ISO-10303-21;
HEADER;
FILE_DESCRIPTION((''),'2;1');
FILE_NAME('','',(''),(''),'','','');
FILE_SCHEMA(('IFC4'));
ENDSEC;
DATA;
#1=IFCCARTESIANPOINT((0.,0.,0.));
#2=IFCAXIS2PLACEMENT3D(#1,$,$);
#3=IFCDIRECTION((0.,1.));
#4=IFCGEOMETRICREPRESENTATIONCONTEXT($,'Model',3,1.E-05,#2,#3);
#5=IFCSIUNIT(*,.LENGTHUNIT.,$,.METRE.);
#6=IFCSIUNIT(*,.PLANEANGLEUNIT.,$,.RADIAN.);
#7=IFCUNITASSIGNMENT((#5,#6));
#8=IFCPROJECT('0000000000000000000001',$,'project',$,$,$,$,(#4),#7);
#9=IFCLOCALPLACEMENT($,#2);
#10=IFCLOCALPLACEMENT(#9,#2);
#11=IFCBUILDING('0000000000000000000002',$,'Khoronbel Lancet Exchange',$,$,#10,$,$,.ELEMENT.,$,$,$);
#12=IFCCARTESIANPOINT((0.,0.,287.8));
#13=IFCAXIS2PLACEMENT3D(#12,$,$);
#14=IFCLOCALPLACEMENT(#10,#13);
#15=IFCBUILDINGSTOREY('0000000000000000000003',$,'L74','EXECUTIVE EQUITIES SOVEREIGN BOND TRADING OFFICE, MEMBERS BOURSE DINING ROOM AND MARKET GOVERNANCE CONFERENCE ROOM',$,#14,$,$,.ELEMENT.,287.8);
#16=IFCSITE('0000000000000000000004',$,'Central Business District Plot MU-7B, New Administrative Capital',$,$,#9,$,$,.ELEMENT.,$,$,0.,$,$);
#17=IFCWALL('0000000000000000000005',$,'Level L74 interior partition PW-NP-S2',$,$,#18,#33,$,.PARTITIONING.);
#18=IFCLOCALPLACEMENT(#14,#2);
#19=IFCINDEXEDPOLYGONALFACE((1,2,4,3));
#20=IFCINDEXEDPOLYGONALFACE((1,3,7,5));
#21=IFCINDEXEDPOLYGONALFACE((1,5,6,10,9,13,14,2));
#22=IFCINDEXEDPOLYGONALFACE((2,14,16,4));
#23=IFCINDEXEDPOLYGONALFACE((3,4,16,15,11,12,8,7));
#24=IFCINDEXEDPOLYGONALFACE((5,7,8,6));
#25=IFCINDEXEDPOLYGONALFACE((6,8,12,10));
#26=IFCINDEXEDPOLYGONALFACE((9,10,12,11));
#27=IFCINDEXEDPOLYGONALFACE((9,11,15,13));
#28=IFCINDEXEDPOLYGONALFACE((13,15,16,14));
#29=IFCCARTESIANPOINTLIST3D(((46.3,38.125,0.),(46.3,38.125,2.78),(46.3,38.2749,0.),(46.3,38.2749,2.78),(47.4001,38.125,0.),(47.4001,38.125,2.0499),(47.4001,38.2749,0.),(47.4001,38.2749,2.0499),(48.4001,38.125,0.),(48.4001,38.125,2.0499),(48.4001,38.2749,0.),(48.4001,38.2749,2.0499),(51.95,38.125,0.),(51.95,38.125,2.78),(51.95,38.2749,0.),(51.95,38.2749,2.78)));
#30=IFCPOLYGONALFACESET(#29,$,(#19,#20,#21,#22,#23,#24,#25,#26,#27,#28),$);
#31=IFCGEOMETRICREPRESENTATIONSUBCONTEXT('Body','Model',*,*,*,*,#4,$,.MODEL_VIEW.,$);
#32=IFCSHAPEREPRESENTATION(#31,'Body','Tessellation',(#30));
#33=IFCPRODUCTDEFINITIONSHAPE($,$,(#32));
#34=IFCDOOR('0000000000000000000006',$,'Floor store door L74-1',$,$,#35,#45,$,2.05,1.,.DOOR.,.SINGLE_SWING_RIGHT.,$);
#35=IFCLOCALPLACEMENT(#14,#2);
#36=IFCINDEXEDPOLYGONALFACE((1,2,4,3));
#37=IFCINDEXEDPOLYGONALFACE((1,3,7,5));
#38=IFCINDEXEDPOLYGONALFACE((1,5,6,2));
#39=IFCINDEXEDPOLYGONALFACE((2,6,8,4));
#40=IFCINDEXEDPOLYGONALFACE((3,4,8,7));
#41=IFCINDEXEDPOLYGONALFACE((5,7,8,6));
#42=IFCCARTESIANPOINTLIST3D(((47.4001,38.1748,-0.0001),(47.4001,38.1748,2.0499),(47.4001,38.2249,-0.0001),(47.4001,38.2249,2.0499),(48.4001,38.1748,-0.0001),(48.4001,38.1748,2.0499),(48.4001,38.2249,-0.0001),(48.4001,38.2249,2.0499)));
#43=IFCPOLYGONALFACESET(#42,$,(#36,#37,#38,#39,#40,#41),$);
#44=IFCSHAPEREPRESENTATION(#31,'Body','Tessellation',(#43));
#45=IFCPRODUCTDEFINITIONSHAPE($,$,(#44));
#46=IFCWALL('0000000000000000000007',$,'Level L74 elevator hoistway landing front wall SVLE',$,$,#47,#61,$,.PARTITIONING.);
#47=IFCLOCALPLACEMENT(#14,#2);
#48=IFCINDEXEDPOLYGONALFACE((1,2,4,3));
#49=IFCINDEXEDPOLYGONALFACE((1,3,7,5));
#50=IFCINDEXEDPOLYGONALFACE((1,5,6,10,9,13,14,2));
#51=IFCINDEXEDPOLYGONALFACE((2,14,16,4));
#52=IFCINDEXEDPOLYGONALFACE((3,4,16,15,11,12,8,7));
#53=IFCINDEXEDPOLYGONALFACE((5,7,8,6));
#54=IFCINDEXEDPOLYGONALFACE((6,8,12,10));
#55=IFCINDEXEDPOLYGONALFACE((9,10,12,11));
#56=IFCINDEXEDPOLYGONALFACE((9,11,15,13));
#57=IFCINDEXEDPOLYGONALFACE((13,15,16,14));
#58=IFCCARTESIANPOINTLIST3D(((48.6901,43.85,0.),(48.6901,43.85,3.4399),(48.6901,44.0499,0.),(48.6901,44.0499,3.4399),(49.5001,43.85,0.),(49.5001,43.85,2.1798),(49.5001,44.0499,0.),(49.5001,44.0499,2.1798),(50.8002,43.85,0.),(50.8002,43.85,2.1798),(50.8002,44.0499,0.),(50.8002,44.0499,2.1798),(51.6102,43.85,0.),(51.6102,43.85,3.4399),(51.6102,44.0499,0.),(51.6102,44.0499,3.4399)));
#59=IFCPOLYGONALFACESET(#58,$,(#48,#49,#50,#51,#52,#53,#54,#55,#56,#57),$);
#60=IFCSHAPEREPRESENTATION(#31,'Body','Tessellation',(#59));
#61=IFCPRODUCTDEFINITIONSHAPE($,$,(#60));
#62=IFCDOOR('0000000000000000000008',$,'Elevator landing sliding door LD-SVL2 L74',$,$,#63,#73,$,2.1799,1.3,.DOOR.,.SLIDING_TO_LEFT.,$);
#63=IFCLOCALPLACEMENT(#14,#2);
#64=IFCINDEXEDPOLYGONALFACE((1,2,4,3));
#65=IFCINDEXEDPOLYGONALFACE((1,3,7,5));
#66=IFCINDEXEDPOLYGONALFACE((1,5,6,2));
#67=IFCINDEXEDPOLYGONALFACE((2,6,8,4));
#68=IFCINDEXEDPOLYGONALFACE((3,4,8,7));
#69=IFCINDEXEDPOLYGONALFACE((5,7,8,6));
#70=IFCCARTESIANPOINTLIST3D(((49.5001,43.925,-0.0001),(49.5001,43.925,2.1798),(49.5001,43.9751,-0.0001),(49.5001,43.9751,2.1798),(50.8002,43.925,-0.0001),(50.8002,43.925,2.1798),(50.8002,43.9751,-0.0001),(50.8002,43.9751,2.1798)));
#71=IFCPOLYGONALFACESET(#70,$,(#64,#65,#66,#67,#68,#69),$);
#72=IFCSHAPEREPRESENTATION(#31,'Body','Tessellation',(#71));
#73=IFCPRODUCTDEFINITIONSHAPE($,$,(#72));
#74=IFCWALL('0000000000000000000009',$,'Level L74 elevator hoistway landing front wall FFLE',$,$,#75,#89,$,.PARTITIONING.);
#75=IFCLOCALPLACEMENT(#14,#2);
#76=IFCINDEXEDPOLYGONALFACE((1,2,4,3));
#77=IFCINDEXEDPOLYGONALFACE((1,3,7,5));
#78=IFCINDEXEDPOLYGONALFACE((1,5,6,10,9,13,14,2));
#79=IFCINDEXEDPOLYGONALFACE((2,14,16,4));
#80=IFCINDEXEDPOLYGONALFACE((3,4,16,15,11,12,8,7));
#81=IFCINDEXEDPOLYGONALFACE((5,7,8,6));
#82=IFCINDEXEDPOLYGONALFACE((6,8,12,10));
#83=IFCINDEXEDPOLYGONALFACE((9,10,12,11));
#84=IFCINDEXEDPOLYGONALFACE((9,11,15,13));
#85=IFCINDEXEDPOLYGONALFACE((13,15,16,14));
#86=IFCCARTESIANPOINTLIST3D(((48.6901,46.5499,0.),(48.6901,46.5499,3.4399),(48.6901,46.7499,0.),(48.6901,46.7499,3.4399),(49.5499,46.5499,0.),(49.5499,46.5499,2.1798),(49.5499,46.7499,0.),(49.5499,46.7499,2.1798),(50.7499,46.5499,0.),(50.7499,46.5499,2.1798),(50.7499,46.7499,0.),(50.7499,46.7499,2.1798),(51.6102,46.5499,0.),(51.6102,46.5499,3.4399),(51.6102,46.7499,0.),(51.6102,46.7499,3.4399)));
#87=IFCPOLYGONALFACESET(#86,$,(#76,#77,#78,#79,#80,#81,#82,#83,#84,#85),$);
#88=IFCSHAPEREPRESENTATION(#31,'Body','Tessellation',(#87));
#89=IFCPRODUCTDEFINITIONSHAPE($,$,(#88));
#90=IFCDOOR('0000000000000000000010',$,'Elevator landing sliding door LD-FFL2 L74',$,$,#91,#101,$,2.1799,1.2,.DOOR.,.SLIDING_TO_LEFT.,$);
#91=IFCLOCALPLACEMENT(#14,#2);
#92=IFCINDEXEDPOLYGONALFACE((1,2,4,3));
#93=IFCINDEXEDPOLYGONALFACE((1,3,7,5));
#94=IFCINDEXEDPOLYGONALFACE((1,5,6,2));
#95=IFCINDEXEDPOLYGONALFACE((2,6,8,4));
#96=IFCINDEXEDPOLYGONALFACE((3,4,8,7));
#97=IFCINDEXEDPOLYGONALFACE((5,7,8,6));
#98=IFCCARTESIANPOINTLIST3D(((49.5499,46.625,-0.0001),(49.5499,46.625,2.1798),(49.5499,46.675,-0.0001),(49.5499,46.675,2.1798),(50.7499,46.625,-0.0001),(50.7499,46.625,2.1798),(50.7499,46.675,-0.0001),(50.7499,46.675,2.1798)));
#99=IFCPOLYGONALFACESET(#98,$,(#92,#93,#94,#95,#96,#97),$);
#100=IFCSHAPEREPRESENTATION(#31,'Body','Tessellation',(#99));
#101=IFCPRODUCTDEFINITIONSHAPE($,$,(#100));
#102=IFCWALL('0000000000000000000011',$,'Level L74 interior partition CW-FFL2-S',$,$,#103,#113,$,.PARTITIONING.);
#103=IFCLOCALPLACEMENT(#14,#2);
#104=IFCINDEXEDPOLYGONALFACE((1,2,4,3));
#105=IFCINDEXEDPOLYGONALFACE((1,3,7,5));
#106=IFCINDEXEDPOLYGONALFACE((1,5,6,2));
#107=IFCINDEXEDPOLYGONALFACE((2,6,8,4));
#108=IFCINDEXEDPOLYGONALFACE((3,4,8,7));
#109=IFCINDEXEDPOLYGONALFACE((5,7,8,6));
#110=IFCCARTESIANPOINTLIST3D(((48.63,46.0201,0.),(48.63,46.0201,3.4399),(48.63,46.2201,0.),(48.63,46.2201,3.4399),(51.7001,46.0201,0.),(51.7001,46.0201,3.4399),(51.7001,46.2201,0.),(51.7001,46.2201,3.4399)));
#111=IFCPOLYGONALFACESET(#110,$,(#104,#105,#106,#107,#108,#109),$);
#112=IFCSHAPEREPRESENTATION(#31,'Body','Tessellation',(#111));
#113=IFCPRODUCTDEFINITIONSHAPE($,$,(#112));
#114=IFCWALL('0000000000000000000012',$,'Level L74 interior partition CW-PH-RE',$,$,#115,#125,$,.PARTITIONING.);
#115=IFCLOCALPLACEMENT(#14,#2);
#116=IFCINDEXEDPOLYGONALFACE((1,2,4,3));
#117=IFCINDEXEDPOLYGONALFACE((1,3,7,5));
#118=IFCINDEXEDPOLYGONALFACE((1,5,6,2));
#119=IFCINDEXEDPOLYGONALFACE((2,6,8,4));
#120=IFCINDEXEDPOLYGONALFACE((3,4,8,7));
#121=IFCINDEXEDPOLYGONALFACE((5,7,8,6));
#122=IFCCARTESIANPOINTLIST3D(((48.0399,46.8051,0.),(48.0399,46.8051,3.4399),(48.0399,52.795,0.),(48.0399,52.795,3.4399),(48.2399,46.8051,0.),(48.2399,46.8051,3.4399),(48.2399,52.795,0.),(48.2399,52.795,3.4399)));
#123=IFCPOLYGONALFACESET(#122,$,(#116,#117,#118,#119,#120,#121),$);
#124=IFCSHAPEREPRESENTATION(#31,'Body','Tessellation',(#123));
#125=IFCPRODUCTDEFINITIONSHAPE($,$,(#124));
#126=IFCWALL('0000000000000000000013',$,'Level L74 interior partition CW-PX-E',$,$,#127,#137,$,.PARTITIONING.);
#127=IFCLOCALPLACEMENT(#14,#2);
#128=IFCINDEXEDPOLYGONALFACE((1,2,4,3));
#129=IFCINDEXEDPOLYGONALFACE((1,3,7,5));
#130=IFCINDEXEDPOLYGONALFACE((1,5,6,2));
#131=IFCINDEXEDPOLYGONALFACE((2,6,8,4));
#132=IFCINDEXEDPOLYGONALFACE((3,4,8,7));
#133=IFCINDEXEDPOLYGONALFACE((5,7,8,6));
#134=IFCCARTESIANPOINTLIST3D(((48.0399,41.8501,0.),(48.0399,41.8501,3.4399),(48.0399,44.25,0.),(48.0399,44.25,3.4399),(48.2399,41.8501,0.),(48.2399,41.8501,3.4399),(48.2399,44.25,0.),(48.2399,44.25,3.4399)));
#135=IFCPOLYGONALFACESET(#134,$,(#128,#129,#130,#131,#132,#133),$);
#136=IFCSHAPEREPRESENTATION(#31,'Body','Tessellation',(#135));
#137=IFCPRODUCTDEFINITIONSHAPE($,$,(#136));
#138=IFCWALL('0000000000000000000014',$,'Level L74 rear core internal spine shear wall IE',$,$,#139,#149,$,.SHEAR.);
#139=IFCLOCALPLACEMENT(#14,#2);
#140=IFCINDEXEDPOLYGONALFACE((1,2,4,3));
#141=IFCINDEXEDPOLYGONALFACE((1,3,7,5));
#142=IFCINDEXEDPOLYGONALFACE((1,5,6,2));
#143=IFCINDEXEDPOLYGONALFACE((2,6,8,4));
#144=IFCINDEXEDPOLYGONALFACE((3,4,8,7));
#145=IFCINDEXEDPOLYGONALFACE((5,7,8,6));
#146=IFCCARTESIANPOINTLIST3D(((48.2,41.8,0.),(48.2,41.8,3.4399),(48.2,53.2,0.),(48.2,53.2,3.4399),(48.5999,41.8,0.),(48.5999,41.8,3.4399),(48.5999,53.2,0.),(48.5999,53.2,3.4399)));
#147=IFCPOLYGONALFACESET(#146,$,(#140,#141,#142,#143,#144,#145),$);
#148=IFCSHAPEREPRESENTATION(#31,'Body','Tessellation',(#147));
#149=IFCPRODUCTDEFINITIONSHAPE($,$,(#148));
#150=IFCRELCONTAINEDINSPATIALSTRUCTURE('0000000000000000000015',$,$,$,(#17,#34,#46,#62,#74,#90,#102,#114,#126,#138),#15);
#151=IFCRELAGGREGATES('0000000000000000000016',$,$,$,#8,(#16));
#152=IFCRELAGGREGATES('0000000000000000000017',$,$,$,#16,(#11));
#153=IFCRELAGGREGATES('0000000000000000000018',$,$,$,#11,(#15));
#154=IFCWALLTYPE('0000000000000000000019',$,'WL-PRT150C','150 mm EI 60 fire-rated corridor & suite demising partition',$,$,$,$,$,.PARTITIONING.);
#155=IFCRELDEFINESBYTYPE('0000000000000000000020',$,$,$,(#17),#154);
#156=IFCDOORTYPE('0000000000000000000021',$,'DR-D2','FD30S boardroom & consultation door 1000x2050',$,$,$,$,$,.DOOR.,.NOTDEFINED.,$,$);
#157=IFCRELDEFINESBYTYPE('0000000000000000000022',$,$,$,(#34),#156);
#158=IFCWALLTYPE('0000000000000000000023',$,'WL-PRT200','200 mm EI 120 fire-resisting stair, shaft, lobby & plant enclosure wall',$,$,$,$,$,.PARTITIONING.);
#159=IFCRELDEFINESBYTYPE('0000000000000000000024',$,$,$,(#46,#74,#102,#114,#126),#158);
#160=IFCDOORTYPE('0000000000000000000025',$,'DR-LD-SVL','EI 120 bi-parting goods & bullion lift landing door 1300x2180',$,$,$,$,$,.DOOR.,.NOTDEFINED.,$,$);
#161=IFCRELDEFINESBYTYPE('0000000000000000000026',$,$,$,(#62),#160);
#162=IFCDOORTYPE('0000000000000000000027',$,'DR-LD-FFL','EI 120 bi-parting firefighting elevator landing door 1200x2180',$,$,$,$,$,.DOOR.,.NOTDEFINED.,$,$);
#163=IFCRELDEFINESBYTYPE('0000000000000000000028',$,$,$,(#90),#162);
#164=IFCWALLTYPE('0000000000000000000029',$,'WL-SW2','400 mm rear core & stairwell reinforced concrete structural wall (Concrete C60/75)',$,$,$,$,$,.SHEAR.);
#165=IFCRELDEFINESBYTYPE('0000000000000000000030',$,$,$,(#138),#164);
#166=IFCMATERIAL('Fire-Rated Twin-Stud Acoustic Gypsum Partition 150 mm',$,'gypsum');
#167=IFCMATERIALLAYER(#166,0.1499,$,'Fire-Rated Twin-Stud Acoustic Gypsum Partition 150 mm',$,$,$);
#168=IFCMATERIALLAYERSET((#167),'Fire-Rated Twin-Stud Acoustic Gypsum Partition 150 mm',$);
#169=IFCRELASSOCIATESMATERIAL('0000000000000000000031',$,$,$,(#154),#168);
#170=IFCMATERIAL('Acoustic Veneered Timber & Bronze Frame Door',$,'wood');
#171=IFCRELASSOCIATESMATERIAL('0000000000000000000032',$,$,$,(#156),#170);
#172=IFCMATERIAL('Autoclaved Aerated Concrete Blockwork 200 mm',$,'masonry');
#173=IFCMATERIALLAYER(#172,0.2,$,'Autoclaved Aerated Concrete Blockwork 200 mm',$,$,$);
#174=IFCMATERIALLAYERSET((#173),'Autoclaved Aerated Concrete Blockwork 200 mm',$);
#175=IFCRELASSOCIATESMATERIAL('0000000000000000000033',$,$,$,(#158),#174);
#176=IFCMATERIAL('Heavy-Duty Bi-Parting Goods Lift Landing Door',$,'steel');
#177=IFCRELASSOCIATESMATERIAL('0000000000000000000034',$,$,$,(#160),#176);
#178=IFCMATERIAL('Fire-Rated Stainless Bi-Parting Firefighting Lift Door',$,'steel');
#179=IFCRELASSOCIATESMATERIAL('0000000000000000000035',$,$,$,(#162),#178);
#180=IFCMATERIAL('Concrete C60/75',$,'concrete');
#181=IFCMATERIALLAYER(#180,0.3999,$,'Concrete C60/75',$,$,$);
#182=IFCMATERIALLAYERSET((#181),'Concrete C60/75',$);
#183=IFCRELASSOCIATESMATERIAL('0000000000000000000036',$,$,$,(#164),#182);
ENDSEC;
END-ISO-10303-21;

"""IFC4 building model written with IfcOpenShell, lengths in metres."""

from ifc_helpers import new_model, si_unit, direction, frame, frame_2d, origin, place, context, subcontext, project, spatial, rectangle, extrude, material, layer, layer_set, type_object, element, fill, save


model = new_model("IFC4")

# Units and contexts
model_context = context("Model", 3, precision=1e-05, world=origin(), true_north=direction((0.0, 1.0)))
body_context = subcontext(model_context, "Body", "Model", "MODEL_VIEW")
ifc_project = project(units=[si_unit("LENGTHUNIT", "METRE"), si_unit("PLANEANGLEUNIT", "RADIAN")], contexts=[model_context])

# Site, building, storey
site_placement = place(None, origin())
site = spatial("IfcSite", under=ifc_project, at=site_placement, Name="Central Business District Plot MU-7B, New Administrative Capital", CompositionType="ELEMENT", RefElevation=0.0)
building_placement = place(site_placement, origin())
building = spatial("IfcBuilding", under=site, at=building_placement, Name="Khoronbel Lancet Exchange", CompositionType="ELEMENT")
storey_placement = place(building_placement, frame((0.0, 0.0, 287.8)))
storey = spatial("IfcBuildingStorey", under=building, at=storey_placement, Name="L74", Description="EXECUTIVE EQUITIES SOVEREIGN BOND TRADING OFFICE, MEMBERS BOURSE DINING ROOM AND MARKET GOVERNANCE CONFERENCE ROOM", CompositionType="ELEMENT", Elevation=287.8)

# Walls, openings, doors
ifc_material_1 = material(Name="Fire-Rated Twin-Stud Acoustic Gypsum Partition 150 mm", Category="gypsum")
ifc_layer_1 = layer(ifc_material_1, 0.1499, Name="Fire-Rated Twin-Stud Acoustic Gypsum Partition 150 mm")
ifc_layer_set_1 = layer_set([ifc_layer_1], Name="Fire-Rated Twin-Stud Acoustic Gypsum Partition 150 mm")
wall_type_1 = type_object("IfcWallType", Name="WL-PRT150C", Description="150 mm EI 60 fire-rated corridor & suite demising partition", PredefinedType="PARTITIONING", material=ifc_layer_set_1)
wall_1_placement = place(storey_placement, frame((46.3, 38.2, 0.0), z_axis=(0.0, 0.0, 1.0), x_axis=(1.0, 0.0, 0.0)))
wall_1 = element("IfcWall", 1, at=wall_1_placement, inside=storey, type_object=wall_type_1, Name="Level L74 interior partition PW-NP-S2", PredefinedType="PARTITIONING", context=body_context, shape_type="SweptSolid", body=[
    extrude(rectangle(XDim=5.6499, YDim=0.1499, at=frame_2d((2.825, 0.0))), origin(), (0.0, 0.0, 1.0), 2.78),
])
opening_1_placement = place(wall_1_placement, frame((1.1001, 0.0, 0.0)))
opening_1 = element("IfcOpeningElement", 2, at=opening_1_placement, cuts=wall_1, PredefinedType="OPENING", context=body_context, shape_type="SweptSolid", body=[
    extrude(rectangle(XDim=1.0, YDim=2.05, at=frame_2d((0.5, 1.0249))), frame((0.0, 0.085, 0.0), z_axis=(0.0, -1.0, 0.0), x_axis=(1.0, 0.0, 0.0)), (0.0, 0.0, 1.0), 0.1699),
])
ifc_material_2 = material(Name="Acoustic Veneered Timber & Bronze Frame Door", Category="wood")
door_type_1 = type_object("IfcDoorType", Name="DR-D2", Description="FD30S boardroom & consultation door 1000x2050", OperationType="NOTDEFINED", PredefinedType="DOOR", material=ifc_material_2)
door_1_placement = place(opening_1_placement, origin())
door_1 = element("IfcDoor", 3, at=door_1_placement, inside=storey, type_object=door_type_1, Name="Floor store door L74-1", OperationType="SINGLE_SWING_RIGHT", OverallHeight=2.05, OverallWidth=1.0, PredefinedType="DOOR", context=body_context, shape_type="SweptSolid", body=[
    extrude(rectangle(XDim=1.0, YDim=2.05, at=frame_2d((0.5, 1.0249))), frame((0.0, 0.0249, 0.0), z_axis=(0.0, -1.0, 0.0), x_axis=(1.0, 0.0, 0.0)), (0.0, 0.0, 1.0), 0.05),
])
fill(opening_1, door_1)
ifc_material_3 = material(Name="Autoclaved Aerated Concrete Blockwork 200 mm", Category="masonry")
ifc_layer_2 = layer(ifc_material_3, 0.2, Name="Autoclaved Aerated Concrete Blockwork 200 mm")
ifc_layer_set_2 = layer_set([ifc_layer_2], Name="Autoclaved Aerated Concrete Blockwork 200 mm")
wall_type_2 = type_object("IfcWallType", Name="WL-PRT200", Description="200 mm EI 120 fire-resisting stair, shaft, lobby & plant enclosure wall", PredefinedType="PARTITIONING", material=ifc_layer_set_2)
wall_2_placement = place(storey_placement, frame((51.6101, 43.95, 0.0), z_axis=(0.0, 0.0, 1.0), x_axis=(-1.0, 0.0, 0.0)))
wall_2 = element("IfcWall", 4, at=wall_2_placement, inside=storey, type_object=wall_type_2, Name="Level L74 elevator hoistway landing front wall SVLE", PredefinedType="PARTITIONING", context=body_context, shape_type="SweptSolid", body=[
    extrude(rectangle(XDim=2.9202, YDim=0.2, at=frame_2d((1.46, 0.0))), origin(), (0.0, 0.0, 1.0), 3.4399),
])
opening_2_placement = place(wall_2_placement, frame((0.8101, 0.0, 0.0)))
opening_2 = element("IfcOpeningElement", 5, at=opening_2_placement, cuts=wall_2, PredefinedType="OPENING", context=body_context, shape_type="SweptSolid", body=[
    extrude(rectangle(XDim=1.3, YDim=2.1799, at=frame_2d((0.6499, 1.0898))), frame((0.0, 0.1099, 0.0), z_axis=(0.0, -1.0, 0.0), x_axis=(1.0, 0.0, 0.0)), (0.0, 0.0, 1.0), 0.22),
])
ifc_material_4 = material(Name="Heavy-Duty Bi-Parting Goods Lift Landing Door", Category="steel")
door_type_2 = type_object("IfcDoorType", Name="DR-LD-SVL", Description="EI 120 bi-parting goods & bullion lift landing door 1300x2180", OperationType="NOTDEFINED", PredefinedType="DOOR", material=ifc_material_4)
door_2_placement = place(opening_2_placement, origin())
door_2 = element("IfcDoor", 6, at=door_2_placement, inside=storey, type_object=door_type_2, Name="Elevator landing sliding door LD-SVL2 L74", OperationType="SLIDING_TO_LEFT", OverallHeight=2.1799, OverallWidth=1.3, PredefinedType="DOOR", context=body_context, shape_type="SweptSolid", body=[
    extrude(rectangle(XDim=1.3, YDim=2.1799, at=frame_2d((0.6499, 1.0898))), frame((0.0, 0.0249, 0.0), z_axis=(0.0, -1.0, 0.0), x_axis=(1.0, 0.0, 0.0)), (0.0, 0.0, 1.0), 0.05),
])
fill(opening_2, door_2)
wall_3_placement = place(storey_placement, frame((51.6101, 46.6499, 0.0), z_axis=(0.0, 0.0, 1.0), x_axis=(-1.0, 0.0, 0.0)))
wall_3 = element("IfcWall", 7, at=wall_3_placement, inside=storey, type_object=wall_type_2, Name="Level L74 elevator hoistway landing front wall FFLE", PredefinedType="PARTITIONING", context=body_context, shape_type="SweptSolid", body=[
    extrude(rectangle(XDim=2.9202, YDim=0.2, at=frame_2d((1.46, 0.0))), origin(), (0.0, 0.0, 1.0), 3.4399),
])
opening_3_placement = place(wall_3_placement, frame((0.8601, 0.0, 0.0)))
opening_3 = element("IfcOpeningElement", 8, at=opening_3_placement, cuts=wall_3, PredefinedType="OPENING", context=body_context, shape_type="SweptSolid", body=[
    extrude(rectangle(XDim=1.2, YDim=2.1799, at=frame_2d((0.6001, 1.0898))), frame((0.0, 0.1099, 0.0), z_axis=(0.0, -1.0, 0.0), x_axis=(1.0, 0.0, 0.0)), (0.0, 0.0, 1.0), 0.22),
])
ifc_material_5 = material(Name="Fire-Rated Stainless Bi-Parting Firefighting Lift Door", Category="steel")
door_type_3 = type_object("IfcDoorType", Name="DR-LD-FFL", Description="EI 120 bi-parting firefighting elevator landing door 1200x2180", OperationType="NOTDEFINED", PredefinedType="DOOR", material=ifc_material_5)
door_3_placement = place(opening_3_placement, origin())
door_3 = element("IfcDoor", 9, at=door_3_placement, inside=storey, type_object=door_type_3, Name="Elevator landing sliding door LD-FFL2 L74", OperationType="SLIDING_TO_LEFT", OverallHeight=2.1799, OverallWidth=1.2, PredefinedType="DOOR", context=body_context, shape_type="SweptSolid", body=[
    extrude(rectangle(XDim=1.2, YDim=2.1799, at=frame_2d((0.6001, 1.0898))), frame((0.0, 0.0249, 0.0), z_axis=(0.0, -1.0, 0.0), x_axis=(1.0, 0.0, 0.0)), (0.0, 0.0, 1.0), 0.05),
])
fill(opening_3, door_3)

# Wall
wall_4_placement = place(storey_placement, frame((48.6299, 46.1201, 0.0), z_axis=(0.0, 0.0, 1.0), x_axis=(1.0, 0.0, 0.0)))
element("IfcWall", 10, at=wall_4_placement, inside=storey, type_object=wall_type_2, Name="Level L74 interior partition CW-FFL2-S", PredefinedType="PARTITIONING", context=body_context, shape_type="SweptSolid", body=[
    extrude(rectangle(XDim=3.0701, YDim=0.2, at=frame_2d((1.5352, 0.0))), origin(), (0.0, 0.0, 1.0), 3.4399),
])

# Walls
wall_5_placement = place(storey_placement, frame((48.1399, 46.8049, 0.0), z_axis=(0.0, 0.0, 1.0), x_axis=(0.0, 1.0, 0.0)))
element("IfcWall", 11, at=wall_5_placement, inside=storey, type_object=wall_type_2, Name="Level L74 interior partition CW-PH-RE", PredefinedType="PARTITIONING", context=body_context, shape_type="SweptSolid", body=[
    extrude(rectangle(XDim=5.99, YDim=0.2, at=frame_2d((2.9951, 0.0))), origin(), (0.0, 0.0, 1.0), 3.4399),
])
wall_6_placement = place(storey_placement, frame((48.1399, 41.8501, 0.0), z_axis=(0.0, 0.0, 1.0), x_axis=(0.0, 1.0, 0.0)))
element("IfcWall", 12, at=wall_6_placement, inside=storey, type_object=wall_type_2, Name="Level L74 interior partition CW-PX-E", PredefinedType="PARTITIONING", context=body_context, shape_type="SweptSolid", body=[
    extrude(rectangle(XDim=2.3999, YDim=0.2, at=frame_2d((1.2, 0.0))), origin(), (0.0, 0.0, 1.0), 3.4399),
])
ifc_material_6 = material(Name="Concrete C60/75", Category="concrete")
ifc_layer_3 = layer(ifc_material_6, 0.3999, Name="Concrete C60/75")
ifc_layer_set_3 = layer_set([ifc_layer_3], Name="Concrete C60/75")
wall_type_3 = type_object("IfcWallType", Name="WL-SW2", Description="400 mm rear core & stairwell reinforced concrete structural wall (Concrete C60/75)", PredefinedType="SHEAR", material=ifc_layer_set_3)
wall_7_placement = place(storey_placement, frame((48.3999, 41.8, 0.0), z_axis=(0.0, 0.0, 1.0), x_axis=(0.0, 1.0, 0.0)))
element("IfcWall", 13, at=wall_7_placement, inside=storey, type_object=wall_type_3, Name="Level L74 rear core internal spine shear wall IE", PredefinedType="SHEAR", context=body_context, shape_type="SweptSolid", body=[
    extrude(rectangle(XDim=11.3999, YDim=0.3999, at=frame_2d((5.7, 0.0))), origin(), (0.0, 0.0, 1.0), 3.4399),
])

save(model, "model.ifc")
